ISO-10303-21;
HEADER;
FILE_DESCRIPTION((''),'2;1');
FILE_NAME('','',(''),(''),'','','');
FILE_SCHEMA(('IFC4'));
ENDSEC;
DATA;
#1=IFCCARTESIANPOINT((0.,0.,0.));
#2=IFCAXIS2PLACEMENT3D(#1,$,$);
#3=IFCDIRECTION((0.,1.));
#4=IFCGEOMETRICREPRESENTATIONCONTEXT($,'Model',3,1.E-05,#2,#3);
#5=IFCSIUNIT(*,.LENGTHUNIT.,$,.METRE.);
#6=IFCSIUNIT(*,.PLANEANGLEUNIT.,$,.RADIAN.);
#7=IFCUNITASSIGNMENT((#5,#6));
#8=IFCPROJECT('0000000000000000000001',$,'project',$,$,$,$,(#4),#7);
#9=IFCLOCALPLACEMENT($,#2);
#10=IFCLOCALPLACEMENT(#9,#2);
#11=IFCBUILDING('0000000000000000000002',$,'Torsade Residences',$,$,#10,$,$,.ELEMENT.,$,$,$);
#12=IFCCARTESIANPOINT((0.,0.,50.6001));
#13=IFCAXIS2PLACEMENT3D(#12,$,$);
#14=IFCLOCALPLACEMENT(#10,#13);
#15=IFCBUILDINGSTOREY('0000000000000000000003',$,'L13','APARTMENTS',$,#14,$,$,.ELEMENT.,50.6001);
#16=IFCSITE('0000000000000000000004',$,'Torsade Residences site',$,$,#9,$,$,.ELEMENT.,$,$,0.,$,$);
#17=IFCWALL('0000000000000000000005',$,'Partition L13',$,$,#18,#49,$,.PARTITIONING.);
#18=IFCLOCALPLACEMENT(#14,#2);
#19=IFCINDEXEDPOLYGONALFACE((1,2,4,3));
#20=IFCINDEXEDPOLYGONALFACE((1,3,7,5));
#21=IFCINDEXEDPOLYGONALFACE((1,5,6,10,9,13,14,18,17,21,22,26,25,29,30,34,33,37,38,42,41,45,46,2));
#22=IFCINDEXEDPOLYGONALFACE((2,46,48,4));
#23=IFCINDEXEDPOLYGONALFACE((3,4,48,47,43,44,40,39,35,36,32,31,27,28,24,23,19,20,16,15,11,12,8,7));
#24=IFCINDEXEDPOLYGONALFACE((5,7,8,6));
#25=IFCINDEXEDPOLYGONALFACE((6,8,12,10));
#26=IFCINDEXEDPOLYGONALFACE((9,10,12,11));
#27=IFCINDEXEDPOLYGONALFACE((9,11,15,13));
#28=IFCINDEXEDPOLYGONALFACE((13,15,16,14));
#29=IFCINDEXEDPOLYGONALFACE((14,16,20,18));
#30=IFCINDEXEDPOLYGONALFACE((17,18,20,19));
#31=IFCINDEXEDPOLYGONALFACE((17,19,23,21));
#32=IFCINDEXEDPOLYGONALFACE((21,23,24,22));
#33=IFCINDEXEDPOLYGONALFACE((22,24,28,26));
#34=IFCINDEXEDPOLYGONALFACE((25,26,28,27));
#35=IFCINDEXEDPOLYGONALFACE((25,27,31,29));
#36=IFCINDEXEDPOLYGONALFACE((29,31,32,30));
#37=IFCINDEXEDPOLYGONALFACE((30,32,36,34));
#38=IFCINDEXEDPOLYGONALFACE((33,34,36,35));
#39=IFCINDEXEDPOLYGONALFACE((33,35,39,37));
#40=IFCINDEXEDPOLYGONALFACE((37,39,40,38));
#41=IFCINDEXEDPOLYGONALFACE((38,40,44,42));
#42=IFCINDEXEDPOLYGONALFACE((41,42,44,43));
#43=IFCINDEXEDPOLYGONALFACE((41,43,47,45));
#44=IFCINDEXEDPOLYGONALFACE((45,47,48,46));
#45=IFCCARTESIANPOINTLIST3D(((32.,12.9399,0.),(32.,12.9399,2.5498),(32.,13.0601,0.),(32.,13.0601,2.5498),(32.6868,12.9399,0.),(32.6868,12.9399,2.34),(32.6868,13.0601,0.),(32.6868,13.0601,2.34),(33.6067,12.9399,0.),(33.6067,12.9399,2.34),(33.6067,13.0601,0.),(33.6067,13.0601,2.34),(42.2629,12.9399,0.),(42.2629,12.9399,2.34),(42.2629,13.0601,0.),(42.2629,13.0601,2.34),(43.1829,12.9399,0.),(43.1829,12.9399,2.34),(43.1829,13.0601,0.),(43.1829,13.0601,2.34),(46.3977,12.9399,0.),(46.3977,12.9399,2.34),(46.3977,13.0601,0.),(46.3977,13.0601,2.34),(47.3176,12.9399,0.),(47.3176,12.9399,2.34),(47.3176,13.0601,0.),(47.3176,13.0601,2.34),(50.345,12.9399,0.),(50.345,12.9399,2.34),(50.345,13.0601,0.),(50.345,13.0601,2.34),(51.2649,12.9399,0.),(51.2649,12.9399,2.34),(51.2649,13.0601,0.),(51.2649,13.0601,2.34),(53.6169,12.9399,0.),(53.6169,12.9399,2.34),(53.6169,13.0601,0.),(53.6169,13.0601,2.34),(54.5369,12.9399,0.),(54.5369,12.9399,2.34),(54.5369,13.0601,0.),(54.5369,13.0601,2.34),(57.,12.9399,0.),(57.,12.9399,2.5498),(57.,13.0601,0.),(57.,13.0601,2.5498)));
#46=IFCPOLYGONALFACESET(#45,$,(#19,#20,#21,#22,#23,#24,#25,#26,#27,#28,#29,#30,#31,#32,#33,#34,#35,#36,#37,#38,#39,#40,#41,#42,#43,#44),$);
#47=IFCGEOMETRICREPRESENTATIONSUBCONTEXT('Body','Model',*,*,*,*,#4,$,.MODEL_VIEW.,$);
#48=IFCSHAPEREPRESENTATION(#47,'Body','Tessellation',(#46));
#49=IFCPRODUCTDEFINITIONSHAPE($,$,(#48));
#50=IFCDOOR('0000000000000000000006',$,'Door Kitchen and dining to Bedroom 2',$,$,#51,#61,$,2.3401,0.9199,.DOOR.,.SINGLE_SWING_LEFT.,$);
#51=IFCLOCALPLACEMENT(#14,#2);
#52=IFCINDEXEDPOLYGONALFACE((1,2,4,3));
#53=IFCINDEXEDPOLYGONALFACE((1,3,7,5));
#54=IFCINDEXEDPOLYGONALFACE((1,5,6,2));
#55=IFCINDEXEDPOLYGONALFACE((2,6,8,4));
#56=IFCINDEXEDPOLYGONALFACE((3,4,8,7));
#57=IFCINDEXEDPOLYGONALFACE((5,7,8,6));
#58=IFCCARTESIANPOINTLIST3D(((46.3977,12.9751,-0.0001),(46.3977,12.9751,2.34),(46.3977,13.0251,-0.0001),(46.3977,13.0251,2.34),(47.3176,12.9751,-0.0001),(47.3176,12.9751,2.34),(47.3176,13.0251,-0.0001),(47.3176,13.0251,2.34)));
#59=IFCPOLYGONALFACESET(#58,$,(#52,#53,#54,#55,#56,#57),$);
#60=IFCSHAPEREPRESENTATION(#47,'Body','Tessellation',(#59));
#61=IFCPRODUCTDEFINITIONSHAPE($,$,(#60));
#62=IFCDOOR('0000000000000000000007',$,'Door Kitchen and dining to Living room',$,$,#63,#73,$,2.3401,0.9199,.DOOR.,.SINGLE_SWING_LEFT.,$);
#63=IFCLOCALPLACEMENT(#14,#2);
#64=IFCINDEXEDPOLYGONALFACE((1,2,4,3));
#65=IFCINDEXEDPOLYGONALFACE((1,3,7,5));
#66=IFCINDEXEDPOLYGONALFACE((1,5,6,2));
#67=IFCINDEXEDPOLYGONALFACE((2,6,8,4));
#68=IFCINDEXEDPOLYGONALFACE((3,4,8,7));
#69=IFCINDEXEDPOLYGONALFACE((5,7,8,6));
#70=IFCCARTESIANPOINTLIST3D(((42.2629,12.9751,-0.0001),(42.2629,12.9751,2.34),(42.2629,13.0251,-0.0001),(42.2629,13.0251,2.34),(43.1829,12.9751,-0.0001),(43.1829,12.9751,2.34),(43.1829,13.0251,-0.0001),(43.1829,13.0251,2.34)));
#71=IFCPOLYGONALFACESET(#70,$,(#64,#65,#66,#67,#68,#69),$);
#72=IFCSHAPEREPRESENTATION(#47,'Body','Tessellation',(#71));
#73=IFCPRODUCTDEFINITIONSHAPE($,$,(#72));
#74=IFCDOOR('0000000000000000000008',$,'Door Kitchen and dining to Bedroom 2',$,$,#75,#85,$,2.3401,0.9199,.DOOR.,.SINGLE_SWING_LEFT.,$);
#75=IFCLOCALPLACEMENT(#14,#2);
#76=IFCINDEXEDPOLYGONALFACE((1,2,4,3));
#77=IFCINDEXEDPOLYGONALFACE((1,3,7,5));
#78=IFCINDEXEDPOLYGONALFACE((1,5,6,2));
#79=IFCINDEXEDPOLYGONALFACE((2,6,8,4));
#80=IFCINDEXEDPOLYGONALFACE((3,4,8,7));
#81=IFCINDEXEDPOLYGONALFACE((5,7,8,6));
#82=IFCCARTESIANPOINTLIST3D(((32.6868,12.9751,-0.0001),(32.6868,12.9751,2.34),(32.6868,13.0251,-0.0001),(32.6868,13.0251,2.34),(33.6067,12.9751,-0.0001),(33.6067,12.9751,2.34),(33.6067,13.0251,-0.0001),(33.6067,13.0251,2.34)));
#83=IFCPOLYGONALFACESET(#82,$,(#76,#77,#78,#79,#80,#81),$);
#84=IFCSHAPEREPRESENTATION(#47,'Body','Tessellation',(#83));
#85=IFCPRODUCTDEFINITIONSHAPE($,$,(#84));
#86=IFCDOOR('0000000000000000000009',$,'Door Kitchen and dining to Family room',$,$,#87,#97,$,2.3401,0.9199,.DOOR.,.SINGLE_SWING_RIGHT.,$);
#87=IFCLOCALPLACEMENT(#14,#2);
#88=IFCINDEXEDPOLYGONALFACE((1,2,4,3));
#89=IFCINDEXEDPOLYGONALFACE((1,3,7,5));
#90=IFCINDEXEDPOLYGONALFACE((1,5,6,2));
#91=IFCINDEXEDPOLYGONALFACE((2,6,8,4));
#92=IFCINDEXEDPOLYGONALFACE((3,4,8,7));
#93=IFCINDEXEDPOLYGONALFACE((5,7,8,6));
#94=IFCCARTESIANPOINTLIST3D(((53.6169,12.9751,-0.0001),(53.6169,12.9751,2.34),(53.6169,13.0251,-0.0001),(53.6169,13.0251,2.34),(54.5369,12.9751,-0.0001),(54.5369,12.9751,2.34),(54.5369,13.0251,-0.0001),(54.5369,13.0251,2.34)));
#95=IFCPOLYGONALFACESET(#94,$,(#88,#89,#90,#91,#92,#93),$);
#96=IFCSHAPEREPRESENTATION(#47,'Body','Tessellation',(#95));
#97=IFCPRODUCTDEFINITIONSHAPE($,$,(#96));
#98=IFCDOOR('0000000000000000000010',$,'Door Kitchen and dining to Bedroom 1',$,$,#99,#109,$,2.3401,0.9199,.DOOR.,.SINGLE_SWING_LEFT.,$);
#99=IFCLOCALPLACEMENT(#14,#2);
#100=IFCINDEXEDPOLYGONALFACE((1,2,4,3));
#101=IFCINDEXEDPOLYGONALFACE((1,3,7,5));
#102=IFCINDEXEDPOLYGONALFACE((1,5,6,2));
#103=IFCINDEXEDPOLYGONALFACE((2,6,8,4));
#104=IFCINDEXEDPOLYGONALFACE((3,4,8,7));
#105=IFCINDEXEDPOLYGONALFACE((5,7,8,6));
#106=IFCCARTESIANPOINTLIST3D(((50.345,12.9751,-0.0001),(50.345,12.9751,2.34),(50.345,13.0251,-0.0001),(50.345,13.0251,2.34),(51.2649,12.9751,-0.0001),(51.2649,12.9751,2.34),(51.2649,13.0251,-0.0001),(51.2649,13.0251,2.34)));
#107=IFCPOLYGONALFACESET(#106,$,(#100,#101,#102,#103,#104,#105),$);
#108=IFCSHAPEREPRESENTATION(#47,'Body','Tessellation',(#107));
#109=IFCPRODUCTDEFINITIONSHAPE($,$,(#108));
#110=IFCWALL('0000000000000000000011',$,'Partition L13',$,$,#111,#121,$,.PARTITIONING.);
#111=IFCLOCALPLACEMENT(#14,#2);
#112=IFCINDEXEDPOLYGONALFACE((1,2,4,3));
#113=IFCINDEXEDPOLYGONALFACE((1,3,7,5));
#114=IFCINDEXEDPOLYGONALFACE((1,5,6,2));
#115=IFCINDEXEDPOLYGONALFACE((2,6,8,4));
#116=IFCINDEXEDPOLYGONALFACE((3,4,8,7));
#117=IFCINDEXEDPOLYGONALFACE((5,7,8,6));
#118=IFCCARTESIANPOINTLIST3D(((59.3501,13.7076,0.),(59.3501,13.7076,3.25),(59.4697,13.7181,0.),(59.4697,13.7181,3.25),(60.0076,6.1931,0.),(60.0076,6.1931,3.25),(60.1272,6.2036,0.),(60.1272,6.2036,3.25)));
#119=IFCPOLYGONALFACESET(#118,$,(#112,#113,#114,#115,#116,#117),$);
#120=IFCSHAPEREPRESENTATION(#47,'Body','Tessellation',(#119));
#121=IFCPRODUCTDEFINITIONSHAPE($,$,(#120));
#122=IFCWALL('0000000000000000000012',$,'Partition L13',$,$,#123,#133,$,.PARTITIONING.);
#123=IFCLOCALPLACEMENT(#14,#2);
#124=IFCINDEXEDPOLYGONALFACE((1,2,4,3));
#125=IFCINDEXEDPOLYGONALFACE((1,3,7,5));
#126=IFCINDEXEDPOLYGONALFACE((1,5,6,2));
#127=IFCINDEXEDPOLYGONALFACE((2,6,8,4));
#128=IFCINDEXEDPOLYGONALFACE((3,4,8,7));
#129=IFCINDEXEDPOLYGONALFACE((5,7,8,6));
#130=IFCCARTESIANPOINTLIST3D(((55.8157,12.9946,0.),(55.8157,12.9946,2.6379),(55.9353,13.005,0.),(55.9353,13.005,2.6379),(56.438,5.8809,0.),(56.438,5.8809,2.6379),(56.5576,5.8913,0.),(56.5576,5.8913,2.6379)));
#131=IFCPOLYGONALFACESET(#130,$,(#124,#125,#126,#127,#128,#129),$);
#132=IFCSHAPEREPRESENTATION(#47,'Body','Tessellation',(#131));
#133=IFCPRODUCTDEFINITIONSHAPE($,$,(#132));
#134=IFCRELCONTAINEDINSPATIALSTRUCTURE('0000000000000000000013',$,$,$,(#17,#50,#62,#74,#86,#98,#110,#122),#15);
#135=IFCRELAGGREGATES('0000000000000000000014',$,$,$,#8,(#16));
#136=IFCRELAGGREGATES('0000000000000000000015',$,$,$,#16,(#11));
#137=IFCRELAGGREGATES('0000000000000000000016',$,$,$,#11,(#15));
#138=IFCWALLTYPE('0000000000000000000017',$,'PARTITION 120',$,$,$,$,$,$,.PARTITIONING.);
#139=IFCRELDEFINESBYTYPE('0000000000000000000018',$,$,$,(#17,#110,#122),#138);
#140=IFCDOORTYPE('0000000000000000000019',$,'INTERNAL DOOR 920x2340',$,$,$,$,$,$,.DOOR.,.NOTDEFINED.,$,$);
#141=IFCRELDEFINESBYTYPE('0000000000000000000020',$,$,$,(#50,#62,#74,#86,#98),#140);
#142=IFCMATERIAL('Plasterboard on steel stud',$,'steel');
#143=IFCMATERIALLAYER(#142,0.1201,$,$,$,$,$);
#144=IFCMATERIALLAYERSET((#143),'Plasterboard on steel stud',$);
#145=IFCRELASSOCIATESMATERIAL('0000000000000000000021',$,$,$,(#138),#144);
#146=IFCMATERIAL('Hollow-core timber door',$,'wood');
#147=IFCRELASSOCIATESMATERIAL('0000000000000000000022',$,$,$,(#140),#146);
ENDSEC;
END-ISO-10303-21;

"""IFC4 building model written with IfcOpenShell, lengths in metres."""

from ifc_helpers import new_model, si_unit, direction, frame, frame_2d, origin, place, context, subcontext, project, spatial, rectangle, extrude, material, layer, layer_set, type_object, element, fill, save


model = new_model("IFC4")

# Units and contexts
model_context = context("Model", 3, precision=1e-05, world=origin(), true_north=direction((0.0, 1.0)))
body_context = subcontext(model_context, "Body", "Model", "MODEL_VIEW")
ifc_project = project(units=[si_unit("LENGTHUNIT", "METRE"), si_unit("PLANEANGLEUNIT", "RADIAN")], contexts=[model_context])

# Site, building, storey
site_placement = place(None, origin())
site = spatial("IfcSite", under=ifc_project, at=site_placement, Name="Torsade Residences site", CompositionType="ELEMENT", RefElevation=0.0)
building_placement = place(site_placement, origin())
building = spatial("IfcBuilding", under=site, at=building_placement, Name="Torsade Residences", CompositionType="ELEMENT")
storey_placement = place(building_placement, frame((0.0, 0.0, 50.6001)))
storey = spatial("IfcBuildingStorey", under=building, at=storey_placement, Name="L13", Description="APARTMENTS", CompositionType="ELEMENT", Elevation=50.6001)

# Wall, openings, doors
ifc_material_1 = material(Name="Plasterboard on steel stud", Category="steel")
ifc_layer_1 = layer(ifc_material_1, 0.1201)
ifc_layer_set_1 = layer_set([ifc_layer_1], Name="Plasterboard on steel stud")
wall_type = type_object("IfcWallType", Name="PARTITION 120", PredefinedType="PARTITIONING", material=ifc_layer_set_1)
wall_1_placement = place(storey_placement, frame((57.0, 13.0, 0.0), z_axis=(0.0, 0.0, 1.0), x_axis=(-1.0, 0.0, 0.0)))
wall_1 = element("IfcWall", 1, at=wall_1_placement, inside=storey, type_object=wall_type, Name="Partition L13", PredefinedType="PARTITIONING", context=body_context, shape_type="SweptSolid", body=[
    extrude(rectangle(XDim=25.0, YDim=0.1201, at=frame_2d((12.5, 0.0))), origin(), (0.0, 0.0, 1.0), 2.5498),
])
opening_1_placement = place(wall_1_placement, frame((9.6824, 0.0, 0.0)))
opening_1 = element("IfcOpeningElement", 2, at=opening_1_placement, cuts=wall_1, PredefinedType="OPENING", context=body_context, shape_type="SweptSolid", body=[
    extrude(rectangle(XDim=0.9199, YDim=2.3401, at=frame_2d((0.46, 1.1699))), frame((0.0, 0.0701, 0.0), z_axis=(0.0, -1.0, 0.0), x_axis=(1.0, 0.0, 0.0)), (0.0, 0.0, 1.0), 0.1401),
])
opening_2_placement = place(wall_1_placement, frame((13.8171, 0.0, 0.0)))
opening_2 = element("IfcOpeningElement", 3, at=opening_2_placement, cuts=wall_1, PredefinedType="OPENING", context=body_context, shape_type="SweptSolid", body=[
    extrude(rectangle(XDim=0.9199, YDim=2.3401, at=frame_2d((0.46, 1.1699))), frame((0.0, 0.0701, 0.0), z_axis=(0.0, -1.0, 0.0), x_axis=(1.0, 0.0, 0.0)), (0.0, 0.0, 1.0), 0.1401),
])
opening_3_placement = place(wall_1_placement, frame((23.3933, 0.0, 0.0)))
opening_3 = element("IfcOpeningElement", 4, at=opening_3_placement, cuts=wall_1, PredefinedType="OPENING", context=body_context, shape_type="SweptSolid", body=[
    extrude(rectangle(XDim=0.9199, YDim=2.3401, at=frame_2d((0.46, 1.1699))), frame((0.0, 0.0701, 0.0), z_axis=(0.0, -1.0, 0.0), x_axis=(1.0, 0.0, 0.0)), (0.0, 0.0, 1.0), 0.1401),
])
opening_4_placement = place(wall_1_placement, frame((2.4631, 0.0, 0.0)))
opening_4 = element("IfcOpeningElement", 5, at=opening_4_placement, cuts=wall_1, PredefinedType="OPENING", context=body_context, shape_type="SweptSolid", body=[
    extrude(rectangle(XDim=0.9199, YDim=2.3401, at=frame_2d((0.46, 1.1699))), frame((0.0, 0.0701, 0.0), z_axis=(0.0, -1.0, 0.0), x_axis=(1.0, 0.0, 0.0)), (0.0, 0.0, 1.0), 0.1401),
])
opening_5_placement = place(wall_1_placement, frame((5.7351, 0.0, 0.0)))
opening_5 = element("IfcOpeningElement", 6, at=opening_5_placement, cuts=wall_1, PredefinedType="OPENING", context=body_context, shape_type="SweptSolid", body=[
    extrude(rectangle(XDim=0.9199, YDim=2.3401, at=frame_2d((0.46, 1.1699))), frame((0.0, 0.0701, 0.0), z_axis=(0.0, -1.0, 0.0), x_axis=(1.0, 0.0, 0.0)), (0.0, 0.0, 1.0), 0.1401),
])
ifc_material_2 = material(Name="Hollow-core timber door", Category="wood")
door_type = type_object("IfcDoorType", Name="INTERNAL DOOR 920x2340", OperationType="NOTDEFINED", PredefinedType="DOOR", material=ifc_material_2)
door_1_placement = place(opening_1_placement, origin())
door_1 = element("IfcDoor", 7, at=door_1_placement, inside=storey, type_object=door_type, Name="Door Kitchen and dining to Bedroom 2", OperationType="SINGLE_SWING_LEFT", OverallHeight=2.3401, OverallWidth=0.9199, PredefinedType="DOOR", context=body_context, shape_type="SweptSolid", body=[
    extrude(rectangle(XDim=0.9199, YDim=2.3401, at=frame_2d((0.46, 1.1699))), frame((0.0, 0.0249, 0.0), z_axis=(0.0, -1.0, 0.0), x_axis=(1.0, 0.0, 0.0)), (0.0, 0.0, 1.0), 0.05),
])
fill(opening_1, door_1)
door_2_placement = place(opening_2_placement, origin())
door_2 = element("IfcDoor", 8, at=door_2_placement, inside=storey, type_object=door_type, Name="Door Kitchen and dining to Living room", OperationType="SINGLE_SWING_LEFT", OverallHeight=2.3401, OverallWidth=0.9199, PredefinedType="DOOR", context=body_context, shape_type="SweptSolid", body=[
    extrude(rectangle(XDim=0.9199, YDim=2.3401, at=frame_2d((0.46, 1.1699))), frame((0.0, 0.0249, 0.0), z_axis=(0.0, -1.0, 0.0), x_axis=(1.0, 0.0, 0.0)), (0.0, 0.0, 1.0), 0.05),
])
fill(opening_2, door_2)
door_3_placement = place(opening_3_placement, origin())
door_3 = element("IfcDoor", 9, at=door_3_placement, inside=storey, type_object=door_type, Name="Door Kitchen and dining to Bedroom 2", OperationType="SINGLE_SWING_LEFT", OverallHeight=2.3401, OverallWidth=0.9199, PredefinedType="DOOR", context=body_context, shape_type="SweptSolid", body=[
    extrude(rectangle(XDim=0.9199, YDim=2.3401, at=frame_2d((0.46, 1.1699))), frame((0.0, 0.0249, 0.0), z_axis=(0.0, -1.0, 0.0), x_axis=(1.0, 0.0, 0.0)), (0.0, 0.0, 1.0), 0.05),
])
fill(opening_3, door_3)
door_4_placement = place(opening_4_placement, origin())
door_4 = element("IfcDoor", 10, at=door_4_placement, inside=storey, type_object=door_type, Name="Door Kitchen and dining to Family room", OperationType="SINGLE_SWING_RIGHT", OverallHeight=2.3401, OverallWidth=0.9199, PredefinedType="DOOR", context=body_context, shape_type="SweptSolid", body=[
    extrude(rectangle(XDim=0.9199, YDim=2.3401, at=frame_2d((0.46, 1.1699))), frame((0.0, 0.0249, 0.0), z_axis=(0.0, -1.0, 0.0), x_axis=(1.0, 0.0, 0.0)), (0.0, 0.0, 1.0), 0.05),
])
fill(opening_4, door_4)
door_5_placement = place(opening_5_placement, origin())
door_5 = element("IfcDoor", 11, at=door_5_placement, inside=storey, type_object=door_type, Name="Door Kitchen and dining to Bedroom 1", OperationType="SINGLE_SWING_LEFT", OverallHeight=2.3401, OverallWidth=0.9199, PredefinedType="DOOR", context=body_context, shape_type="SweptSolid", body=[
    extrude(rectangle(XDim=0.9199, YDim=2.3401, at=frame_2d((0.46, 1.1699))), frame((0.0, 0.0249, 0.0), z_axis=(0.0, -1.0, 0.0), x_axis=(1.0, 0.0, 0.0)), (0.0, 0.0, 1.0), 0.05),
])
fill(opening_5, door_5)

# Walls
wall_2_placement = place(storey_placement, frame((60.0674, 6.1985, 0.0), z_axis=(0.0, 0.0, 1.0), x_axis=(-0.087162, 0.996194, 0.0)))
element("IfcWall", 12, at=wall_2_placement, inside=storey, type_object=wall_type, Name="Partition L13", PredefinedType="PARTITIONING", context=body_context, shape_type="SweptSolid", body=[
    extrude(rectangle(XDim=7.5432, YDim=0.1201, at=frame_2d((3.7715, 0.0))), origin(), (0.0, 0.0, 1.0), 3.25),
])
wall_3_placement = place(storey_placement, frame((56.4978, 5.8862, 0.0), z_axis=(0.0, 0.0, 1.0), x_axis=(-0.087147, 0.996195, 0.0)))
element("IfcWall", 13, at=wall_3_placement, inside=storey, type_object=wall_type, Name="Partition L13", PredefinedType="PARTITIONING", context=body_context, shape_type="SweptSolid", body=[
    extrude(rectangle(XDim=7.1409, YDim=0.1201, at=frame_2d((3.5703, 0.0))), origin(), (0.0, 0.0, 1.0), 2.6379),
])

save(model, "model.ifc")
